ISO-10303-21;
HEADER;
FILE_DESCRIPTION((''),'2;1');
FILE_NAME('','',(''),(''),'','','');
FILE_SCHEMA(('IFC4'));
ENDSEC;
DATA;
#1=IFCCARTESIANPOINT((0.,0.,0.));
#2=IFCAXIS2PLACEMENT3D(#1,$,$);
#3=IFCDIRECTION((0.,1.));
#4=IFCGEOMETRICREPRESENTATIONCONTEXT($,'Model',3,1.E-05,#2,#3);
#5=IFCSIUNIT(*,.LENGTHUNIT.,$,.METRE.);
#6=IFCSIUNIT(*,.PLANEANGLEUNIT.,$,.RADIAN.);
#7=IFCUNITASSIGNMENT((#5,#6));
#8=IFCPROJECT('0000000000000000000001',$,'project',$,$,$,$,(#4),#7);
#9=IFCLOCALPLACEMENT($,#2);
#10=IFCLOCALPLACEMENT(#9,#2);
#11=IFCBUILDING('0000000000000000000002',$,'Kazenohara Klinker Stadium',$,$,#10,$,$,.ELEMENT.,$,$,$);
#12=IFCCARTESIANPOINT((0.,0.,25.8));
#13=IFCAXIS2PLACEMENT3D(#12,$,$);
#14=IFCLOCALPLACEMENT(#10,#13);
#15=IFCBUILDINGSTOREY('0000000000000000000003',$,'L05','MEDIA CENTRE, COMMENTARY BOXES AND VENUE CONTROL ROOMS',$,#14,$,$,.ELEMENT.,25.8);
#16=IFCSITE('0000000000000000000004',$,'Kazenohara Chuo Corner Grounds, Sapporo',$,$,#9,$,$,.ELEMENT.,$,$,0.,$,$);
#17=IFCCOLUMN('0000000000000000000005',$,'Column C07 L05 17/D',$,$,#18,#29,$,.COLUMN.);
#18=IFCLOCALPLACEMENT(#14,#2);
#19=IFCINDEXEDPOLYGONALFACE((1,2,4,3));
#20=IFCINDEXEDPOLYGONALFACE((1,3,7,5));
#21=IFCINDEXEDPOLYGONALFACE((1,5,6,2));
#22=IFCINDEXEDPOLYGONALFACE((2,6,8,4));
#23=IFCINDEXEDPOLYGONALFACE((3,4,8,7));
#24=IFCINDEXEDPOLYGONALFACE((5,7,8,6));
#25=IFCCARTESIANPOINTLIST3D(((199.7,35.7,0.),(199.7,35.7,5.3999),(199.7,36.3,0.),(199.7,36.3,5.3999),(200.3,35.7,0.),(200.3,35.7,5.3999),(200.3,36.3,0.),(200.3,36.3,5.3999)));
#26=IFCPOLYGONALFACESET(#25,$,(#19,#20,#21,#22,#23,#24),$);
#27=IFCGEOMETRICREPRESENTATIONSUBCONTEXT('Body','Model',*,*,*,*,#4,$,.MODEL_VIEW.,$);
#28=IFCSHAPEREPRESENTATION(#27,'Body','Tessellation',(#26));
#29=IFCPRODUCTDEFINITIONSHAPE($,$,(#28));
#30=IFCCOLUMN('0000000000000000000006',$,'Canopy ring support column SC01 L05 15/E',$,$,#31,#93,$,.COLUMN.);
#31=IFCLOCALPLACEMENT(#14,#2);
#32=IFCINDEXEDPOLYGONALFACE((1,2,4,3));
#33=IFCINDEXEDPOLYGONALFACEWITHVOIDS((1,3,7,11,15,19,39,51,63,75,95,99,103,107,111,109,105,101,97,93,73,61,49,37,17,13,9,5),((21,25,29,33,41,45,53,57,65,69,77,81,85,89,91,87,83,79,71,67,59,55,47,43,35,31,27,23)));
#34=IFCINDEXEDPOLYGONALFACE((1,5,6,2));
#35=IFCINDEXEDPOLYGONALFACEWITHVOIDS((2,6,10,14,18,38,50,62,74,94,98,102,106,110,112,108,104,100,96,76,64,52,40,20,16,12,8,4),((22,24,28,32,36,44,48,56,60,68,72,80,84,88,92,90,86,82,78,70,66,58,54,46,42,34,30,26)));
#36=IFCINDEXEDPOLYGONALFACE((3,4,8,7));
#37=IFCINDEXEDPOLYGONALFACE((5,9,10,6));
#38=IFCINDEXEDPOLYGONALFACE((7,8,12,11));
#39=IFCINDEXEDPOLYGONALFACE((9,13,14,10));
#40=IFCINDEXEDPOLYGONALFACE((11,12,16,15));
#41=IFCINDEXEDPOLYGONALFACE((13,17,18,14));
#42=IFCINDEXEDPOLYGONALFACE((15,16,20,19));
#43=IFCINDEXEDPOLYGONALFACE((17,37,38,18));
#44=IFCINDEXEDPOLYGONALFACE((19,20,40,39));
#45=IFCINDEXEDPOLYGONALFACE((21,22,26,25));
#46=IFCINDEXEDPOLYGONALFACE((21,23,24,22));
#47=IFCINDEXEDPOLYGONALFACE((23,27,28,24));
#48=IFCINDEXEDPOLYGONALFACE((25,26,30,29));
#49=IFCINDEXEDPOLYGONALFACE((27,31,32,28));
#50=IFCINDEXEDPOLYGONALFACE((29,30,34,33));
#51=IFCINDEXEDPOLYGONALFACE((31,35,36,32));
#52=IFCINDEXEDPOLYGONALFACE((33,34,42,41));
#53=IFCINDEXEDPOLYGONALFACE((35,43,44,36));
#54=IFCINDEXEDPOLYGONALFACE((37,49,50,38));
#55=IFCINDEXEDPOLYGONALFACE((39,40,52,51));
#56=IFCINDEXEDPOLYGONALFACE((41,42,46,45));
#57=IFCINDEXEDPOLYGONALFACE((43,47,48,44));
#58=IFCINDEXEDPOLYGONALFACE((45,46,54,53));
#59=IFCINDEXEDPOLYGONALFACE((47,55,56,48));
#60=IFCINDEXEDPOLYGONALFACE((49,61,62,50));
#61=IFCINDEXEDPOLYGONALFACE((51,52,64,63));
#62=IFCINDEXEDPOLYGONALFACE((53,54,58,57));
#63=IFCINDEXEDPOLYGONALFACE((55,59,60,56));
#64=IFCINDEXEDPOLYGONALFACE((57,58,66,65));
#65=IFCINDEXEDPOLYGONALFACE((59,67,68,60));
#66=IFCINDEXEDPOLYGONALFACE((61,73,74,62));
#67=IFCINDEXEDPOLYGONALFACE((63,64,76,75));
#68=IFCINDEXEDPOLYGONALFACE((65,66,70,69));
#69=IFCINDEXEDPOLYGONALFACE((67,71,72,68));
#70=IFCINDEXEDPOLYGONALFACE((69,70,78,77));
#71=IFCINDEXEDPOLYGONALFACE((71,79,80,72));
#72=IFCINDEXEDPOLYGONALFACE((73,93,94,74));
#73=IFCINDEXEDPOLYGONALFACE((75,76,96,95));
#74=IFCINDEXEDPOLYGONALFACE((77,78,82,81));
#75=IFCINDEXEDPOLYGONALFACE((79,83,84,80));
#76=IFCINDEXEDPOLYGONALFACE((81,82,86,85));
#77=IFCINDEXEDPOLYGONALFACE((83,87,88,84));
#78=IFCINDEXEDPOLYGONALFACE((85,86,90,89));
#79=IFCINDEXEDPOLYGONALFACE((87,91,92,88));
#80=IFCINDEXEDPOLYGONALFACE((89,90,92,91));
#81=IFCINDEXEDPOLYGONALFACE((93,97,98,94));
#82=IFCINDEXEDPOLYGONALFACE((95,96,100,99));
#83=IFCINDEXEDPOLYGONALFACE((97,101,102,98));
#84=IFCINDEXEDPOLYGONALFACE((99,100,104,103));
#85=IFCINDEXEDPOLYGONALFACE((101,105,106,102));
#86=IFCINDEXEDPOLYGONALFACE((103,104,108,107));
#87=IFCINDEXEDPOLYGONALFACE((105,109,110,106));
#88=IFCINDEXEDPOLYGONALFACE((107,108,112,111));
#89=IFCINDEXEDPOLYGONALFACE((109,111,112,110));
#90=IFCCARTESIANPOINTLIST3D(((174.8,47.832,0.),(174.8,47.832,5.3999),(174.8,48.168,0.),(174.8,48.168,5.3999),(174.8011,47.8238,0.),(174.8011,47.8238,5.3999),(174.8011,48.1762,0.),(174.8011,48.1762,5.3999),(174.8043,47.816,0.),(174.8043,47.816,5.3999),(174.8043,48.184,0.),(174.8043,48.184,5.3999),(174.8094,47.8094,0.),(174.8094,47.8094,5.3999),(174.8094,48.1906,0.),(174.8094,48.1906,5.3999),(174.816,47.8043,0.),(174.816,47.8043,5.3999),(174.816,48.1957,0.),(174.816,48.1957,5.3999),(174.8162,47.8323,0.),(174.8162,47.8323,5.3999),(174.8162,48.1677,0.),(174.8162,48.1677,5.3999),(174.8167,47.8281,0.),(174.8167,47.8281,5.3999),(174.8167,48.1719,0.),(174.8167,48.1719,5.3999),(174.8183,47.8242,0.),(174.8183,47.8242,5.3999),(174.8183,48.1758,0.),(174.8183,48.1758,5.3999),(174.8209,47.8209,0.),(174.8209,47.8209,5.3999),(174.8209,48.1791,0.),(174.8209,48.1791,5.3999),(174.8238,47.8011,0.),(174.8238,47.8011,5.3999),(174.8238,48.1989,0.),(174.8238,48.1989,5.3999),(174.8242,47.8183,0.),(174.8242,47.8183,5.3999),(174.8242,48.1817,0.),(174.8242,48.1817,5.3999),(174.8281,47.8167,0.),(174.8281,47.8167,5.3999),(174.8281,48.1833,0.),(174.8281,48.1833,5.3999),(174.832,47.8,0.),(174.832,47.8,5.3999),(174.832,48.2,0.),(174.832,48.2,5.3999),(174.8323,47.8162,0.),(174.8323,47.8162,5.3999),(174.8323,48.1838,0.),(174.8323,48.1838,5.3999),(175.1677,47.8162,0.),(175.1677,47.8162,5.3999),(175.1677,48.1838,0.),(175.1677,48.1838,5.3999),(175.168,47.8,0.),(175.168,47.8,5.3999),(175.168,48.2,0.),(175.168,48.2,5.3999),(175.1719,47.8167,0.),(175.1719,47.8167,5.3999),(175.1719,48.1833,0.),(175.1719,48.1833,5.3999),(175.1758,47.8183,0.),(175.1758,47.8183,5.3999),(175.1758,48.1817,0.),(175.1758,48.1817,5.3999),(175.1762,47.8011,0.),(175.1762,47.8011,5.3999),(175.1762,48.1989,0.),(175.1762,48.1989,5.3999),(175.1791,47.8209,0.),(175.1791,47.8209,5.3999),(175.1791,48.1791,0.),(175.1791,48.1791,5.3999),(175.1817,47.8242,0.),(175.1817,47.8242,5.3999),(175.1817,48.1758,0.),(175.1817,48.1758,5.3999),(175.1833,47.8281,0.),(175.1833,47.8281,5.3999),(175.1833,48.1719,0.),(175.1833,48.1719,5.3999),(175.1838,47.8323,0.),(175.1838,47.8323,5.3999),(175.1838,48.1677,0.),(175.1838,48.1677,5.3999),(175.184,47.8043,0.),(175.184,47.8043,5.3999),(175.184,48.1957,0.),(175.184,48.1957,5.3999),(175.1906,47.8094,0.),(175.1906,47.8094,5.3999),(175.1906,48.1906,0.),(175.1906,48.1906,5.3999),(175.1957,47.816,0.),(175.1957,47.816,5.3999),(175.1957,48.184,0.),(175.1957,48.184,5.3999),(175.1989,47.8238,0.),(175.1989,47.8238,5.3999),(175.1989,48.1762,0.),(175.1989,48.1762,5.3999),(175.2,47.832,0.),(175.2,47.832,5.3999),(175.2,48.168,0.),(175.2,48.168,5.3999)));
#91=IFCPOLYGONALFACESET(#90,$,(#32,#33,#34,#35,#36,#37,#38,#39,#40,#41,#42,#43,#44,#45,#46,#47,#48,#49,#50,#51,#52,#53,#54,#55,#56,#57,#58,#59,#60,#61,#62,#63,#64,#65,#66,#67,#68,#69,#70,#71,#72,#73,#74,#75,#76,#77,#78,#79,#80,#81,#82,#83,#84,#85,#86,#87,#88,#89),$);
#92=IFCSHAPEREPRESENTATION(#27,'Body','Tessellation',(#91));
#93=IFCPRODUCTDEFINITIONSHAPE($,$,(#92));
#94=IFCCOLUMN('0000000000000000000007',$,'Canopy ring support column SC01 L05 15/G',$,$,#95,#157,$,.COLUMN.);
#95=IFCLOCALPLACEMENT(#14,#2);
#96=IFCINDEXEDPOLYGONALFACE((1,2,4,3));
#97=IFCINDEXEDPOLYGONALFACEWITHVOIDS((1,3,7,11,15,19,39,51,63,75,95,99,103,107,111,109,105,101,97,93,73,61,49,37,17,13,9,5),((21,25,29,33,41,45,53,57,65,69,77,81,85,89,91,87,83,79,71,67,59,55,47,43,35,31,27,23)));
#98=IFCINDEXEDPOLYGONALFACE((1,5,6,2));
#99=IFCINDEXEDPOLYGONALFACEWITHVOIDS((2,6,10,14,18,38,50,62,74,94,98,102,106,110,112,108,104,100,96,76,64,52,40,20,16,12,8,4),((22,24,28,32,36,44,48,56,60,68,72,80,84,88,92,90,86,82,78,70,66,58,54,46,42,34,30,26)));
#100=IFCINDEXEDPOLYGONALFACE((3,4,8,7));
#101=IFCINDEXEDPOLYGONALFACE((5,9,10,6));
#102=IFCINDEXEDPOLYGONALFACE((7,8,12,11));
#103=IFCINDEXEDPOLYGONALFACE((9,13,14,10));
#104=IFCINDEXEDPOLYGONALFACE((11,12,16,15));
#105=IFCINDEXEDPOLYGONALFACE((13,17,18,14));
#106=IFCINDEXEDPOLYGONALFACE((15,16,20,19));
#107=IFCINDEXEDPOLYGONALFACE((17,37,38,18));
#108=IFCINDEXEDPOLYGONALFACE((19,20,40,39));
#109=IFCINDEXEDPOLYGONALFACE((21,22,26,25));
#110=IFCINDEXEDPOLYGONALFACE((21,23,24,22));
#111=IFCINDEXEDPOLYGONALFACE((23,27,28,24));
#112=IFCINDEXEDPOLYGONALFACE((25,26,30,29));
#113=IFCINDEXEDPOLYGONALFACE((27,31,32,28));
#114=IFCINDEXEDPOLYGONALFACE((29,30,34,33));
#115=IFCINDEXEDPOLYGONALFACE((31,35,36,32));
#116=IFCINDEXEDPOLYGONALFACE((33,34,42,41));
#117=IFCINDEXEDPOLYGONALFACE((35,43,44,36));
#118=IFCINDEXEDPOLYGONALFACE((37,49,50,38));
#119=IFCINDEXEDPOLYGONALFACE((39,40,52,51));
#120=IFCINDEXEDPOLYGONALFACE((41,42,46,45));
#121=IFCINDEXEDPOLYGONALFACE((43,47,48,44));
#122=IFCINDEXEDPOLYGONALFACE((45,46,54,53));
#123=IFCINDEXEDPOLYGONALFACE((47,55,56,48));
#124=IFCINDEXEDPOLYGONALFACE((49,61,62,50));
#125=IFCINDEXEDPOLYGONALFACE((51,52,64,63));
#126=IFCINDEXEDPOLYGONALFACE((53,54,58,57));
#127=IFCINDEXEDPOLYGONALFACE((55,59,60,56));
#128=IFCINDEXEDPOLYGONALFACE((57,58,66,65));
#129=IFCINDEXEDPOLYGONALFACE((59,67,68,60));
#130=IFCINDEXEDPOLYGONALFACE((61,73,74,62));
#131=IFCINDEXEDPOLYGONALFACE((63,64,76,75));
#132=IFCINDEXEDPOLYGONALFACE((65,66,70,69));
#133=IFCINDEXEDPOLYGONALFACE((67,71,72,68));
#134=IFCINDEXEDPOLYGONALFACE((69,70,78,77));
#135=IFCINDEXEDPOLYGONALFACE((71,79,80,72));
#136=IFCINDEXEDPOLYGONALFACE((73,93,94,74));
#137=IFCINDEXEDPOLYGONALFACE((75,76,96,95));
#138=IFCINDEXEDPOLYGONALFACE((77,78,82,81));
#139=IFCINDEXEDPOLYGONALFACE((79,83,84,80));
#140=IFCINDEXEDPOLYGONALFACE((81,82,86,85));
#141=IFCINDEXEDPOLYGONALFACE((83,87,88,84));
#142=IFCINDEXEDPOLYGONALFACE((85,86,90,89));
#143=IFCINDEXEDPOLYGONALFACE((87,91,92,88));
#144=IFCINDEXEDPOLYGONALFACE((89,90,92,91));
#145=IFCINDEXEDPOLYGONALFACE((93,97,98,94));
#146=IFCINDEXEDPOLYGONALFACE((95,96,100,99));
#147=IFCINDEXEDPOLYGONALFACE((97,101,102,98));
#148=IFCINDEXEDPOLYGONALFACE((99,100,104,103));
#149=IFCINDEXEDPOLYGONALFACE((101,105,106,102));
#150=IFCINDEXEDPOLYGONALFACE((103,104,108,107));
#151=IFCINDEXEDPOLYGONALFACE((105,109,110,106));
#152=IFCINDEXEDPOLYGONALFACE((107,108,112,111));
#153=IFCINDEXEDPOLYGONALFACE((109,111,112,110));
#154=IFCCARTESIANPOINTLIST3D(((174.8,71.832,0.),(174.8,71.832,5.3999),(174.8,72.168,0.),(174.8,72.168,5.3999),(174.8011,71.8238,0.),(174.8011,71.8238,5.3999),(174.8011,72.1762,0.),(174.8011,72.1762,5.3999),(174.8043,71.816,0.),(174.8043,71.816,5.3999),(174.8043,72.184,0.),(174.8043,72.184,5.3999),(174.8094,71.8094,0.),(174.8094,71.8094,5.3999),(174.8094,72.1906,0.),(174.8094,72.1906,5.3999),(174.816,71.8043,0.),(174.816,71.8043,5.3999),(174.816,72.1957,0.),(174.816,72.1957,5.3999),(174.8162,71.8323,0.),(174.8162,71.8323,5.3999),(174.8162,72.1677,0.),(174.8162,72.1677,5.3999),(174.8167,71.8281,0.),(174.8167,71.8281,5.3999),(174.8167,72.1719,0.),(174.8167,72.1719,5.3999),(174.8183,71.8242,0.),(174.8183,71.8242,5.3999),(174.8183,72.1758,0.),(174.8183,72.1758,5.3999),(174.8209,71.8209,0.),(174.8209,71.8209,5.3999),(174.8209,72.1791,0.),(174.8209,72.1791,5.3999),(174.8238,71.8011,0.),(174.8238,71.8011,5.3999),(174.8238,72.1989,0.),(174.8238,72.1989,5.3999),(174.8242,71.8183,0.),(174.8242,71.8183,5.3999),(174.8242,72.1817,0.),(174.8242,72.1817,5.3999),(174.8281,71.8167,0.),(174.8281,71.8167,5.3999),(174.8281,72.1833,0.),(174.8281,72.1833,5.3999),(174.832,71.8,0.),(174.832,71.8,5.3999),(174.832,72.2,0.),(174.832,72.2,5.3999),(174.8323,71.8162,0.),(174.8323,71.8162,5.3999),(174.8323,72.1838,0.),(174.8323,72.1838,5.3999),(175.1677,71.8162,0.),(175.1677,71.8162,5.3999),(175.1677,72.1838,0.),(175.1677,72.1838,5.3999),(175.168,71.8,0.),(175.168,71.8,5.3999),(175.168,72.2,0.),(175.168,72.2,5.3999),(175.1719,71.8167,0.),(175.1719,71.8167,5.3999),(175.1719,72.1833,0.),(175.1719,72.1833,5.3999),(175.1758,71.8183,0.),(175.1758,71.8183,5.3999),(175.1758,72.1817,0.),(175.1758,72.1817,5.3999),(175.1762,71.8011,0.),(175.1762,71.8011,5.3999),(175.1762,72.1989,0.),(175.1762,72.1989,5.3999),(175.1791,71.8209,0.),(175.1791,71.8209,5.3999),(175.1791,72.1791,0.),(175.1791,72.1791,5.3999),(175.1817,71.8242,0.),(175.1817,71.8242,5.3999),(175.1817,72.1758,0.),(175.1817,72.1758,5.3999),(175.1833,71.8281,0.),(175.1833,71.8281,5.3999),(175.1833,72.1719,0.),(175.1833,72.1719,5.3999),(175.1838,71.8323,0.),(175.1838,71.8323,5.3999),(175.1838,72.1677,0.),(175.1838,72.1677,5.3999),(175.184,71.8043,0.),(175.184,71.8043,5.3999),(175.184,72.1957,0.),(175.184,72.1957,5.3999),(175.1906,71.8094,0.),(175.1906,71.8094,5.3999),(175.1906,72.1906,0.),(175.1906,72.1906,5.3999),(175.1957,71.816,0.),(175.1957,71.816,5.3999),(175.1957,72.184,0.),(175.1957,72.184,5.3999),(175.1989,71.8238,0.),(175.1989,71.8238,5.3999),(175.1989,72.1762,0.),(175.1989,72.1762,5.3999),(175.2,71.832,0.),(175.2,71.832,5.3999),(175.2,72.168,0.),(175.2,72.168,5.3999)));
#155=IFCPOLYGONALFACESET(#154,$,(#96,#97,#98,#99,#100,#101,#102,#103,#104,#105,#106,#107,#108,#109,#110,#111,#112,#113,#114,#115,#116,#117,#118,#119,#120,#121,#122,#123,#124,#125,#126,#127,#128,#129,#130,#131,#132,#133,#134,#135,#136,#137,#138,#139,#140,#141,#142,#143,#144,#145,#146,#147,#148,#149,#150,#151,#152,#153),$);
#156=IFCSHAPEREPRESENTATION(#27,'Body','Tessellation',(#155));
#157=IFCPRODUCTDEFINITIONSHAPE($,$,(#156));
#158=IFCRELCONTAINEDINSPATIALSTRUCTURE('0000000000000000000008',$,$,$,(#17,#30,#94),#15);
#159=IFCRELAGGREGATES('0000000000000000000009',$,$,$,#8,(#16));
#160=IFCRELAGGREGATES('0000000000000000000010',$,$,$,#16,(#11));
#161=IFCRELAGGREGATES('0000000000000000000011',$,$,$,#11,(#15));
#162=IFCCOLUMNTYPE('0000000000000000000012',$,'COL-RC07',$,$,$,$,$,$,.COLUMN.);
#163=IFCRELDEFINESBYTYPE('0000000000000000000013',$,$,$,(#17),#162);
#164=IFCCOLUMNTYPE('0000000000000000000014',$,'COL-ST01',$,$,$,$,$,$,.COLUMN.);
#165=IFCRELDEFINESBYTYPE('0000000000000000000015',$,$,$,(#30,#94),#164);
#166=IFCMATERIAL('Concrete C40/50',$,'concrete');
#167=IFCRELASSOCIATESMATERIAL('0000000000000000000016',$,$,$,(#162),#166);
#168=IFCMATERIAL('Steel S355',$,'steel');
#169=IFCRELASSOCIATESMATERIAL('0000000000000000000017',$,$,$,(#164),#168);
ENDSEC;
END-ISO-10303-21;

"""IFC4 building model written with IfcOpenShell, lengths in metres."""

from ifc_helpers import new_model, si_unit, direction, frame, origin, origin_2d, place, context, subcontext, project, spatial, rectangle, hollow_rectangle, extrude, material, material_profile, profile_set, type_object, element, save


model = new_model("IFC4")

# Units and contexts
model_context = context("Model", 3, precision=1e-05, world=origin(), true_north=direction((0.0, 1.0)))
body_context = subcontext(model_context, "Body", "Model", "MODEL_VIEW")
ifc_project = project(units=[si_unit("LENGTHUNIT", "METRE"), si_unit("PLANEANGLEUNIT", "RADIAN")], contexts=[model_context])

# Site, building, storey
site_placement = place(None, origin())
site = spatial("IfcSite", under=ifc_project, at=site_placement, Name="Kazenohara Chuo Corner Grounds, Sapporo", CompositionType="ELEMENT", RefElevation=0.0)
building_placement = place(site_placement, origin())
building = spatial("IfcBuilding", under=site, at=building_placement, Name="Kazenohara Klinker Stadium", CompositionType="ELEMENT")
storey_placement = place(building_placement, frame((0.0, 0.0, 25.8)))
storey = spatial("IfcBuildingStorey", under=building, at=storey_placement, Name="L05", Description="MEDIA CENTRE, COMMENTARY BOXES AND VENUE CONTROL ROOMS", CompositionType="ELEMENT", Elevation=25.8)

# Columns
ifc_material_1 = material(Name="Concrete C40/50", Category="concrete")
ifc_material_profile_1 = material_profile(ifc_material_1, rectangle(XDim=0.6001, YDim=0.6001, at=origin_2d()), Name="RC-COL-600x600")
ifc_profile_set_1 = profile_set([ifc_material_profile_1], Name="Concrete C40/50")
column_type_1 = type_object("IfcColumnType", Name="COL-RC07", PredefinedType="COLUMN", material=ifc_profile_set_1)
column_placement = place(storey_placement, frame((200.0, 36.0, 0.0), z_axis=(0.0, 0.0, 1.0), x_axis=(1.0, 0.0, 0.0)))
element("IfcColumn", 1, at=column_placement, inside=storey, type_object=column_type_1, Name="Column C07 L05 17/D", PredefinedType="COLUMN", context=body_context, shape_type="SweptSolid", body=[
    extrude(rectangle(XDim=0.6001, YDim=0.6001, at=origin_2d()), origin(), (0.0, 0.0, 1.0), 5.3999),
])
ifc_material_2 = material(Name="Steel S355", Category="steel")
ifc_material_profile_2 = material_profile(ifc_material_2, hollow_rectangle(XDim=0.3999, YDim=0.3999, WallThickness=0.0161, InnerFilletRadius=0.0161, OuterFilletRadius=0.032, at=origin_2d()), Name="SHS-400x400x16")
ifc_profile_set_2 = profile_set([ifc_material_profile_2], Name="Steel S355")
column_type_2 = type_object("IfcColumnType", Name="COL-ST01", PredefinedType="COLUMN", material=ifc_profile_set_2)
for number, where, z_axis, x_axis, name in (
    (2, (175.0, 48.0, 0.0), (0.0, 0.0, 1.0), (1.0, 0.0, 0.0), "Canopy ring support column SC01 L05 15/E"),
    (3, (175.0, 72.0, 0.0), (0.0, 0.0, 1.0), (1.0, 0.0, 0.0), "Canopy ring support column SC01 L05 15/G"),
):
    element("IfcColumn", number, at=place(storey_placement, frame(where, z_axis=z_axis, x_axis=x_axis)), inside=storey, type_object=column_type_2, Name=name, PredefinedType="COLUMN", context=body_context, shape_type="SweptSolid", body=[
        extrude(hollow_rectangle(XDim=0.3999, YDim=0.3999, WallThickness=0.0161, InnerFilletRadius=0.0161, OuterFilletRadius=0.032, at=origin_2d()), origin(), (0.0, 0.0, 1.0), 5.3999),
    ])

save(model, "model.ifc")
